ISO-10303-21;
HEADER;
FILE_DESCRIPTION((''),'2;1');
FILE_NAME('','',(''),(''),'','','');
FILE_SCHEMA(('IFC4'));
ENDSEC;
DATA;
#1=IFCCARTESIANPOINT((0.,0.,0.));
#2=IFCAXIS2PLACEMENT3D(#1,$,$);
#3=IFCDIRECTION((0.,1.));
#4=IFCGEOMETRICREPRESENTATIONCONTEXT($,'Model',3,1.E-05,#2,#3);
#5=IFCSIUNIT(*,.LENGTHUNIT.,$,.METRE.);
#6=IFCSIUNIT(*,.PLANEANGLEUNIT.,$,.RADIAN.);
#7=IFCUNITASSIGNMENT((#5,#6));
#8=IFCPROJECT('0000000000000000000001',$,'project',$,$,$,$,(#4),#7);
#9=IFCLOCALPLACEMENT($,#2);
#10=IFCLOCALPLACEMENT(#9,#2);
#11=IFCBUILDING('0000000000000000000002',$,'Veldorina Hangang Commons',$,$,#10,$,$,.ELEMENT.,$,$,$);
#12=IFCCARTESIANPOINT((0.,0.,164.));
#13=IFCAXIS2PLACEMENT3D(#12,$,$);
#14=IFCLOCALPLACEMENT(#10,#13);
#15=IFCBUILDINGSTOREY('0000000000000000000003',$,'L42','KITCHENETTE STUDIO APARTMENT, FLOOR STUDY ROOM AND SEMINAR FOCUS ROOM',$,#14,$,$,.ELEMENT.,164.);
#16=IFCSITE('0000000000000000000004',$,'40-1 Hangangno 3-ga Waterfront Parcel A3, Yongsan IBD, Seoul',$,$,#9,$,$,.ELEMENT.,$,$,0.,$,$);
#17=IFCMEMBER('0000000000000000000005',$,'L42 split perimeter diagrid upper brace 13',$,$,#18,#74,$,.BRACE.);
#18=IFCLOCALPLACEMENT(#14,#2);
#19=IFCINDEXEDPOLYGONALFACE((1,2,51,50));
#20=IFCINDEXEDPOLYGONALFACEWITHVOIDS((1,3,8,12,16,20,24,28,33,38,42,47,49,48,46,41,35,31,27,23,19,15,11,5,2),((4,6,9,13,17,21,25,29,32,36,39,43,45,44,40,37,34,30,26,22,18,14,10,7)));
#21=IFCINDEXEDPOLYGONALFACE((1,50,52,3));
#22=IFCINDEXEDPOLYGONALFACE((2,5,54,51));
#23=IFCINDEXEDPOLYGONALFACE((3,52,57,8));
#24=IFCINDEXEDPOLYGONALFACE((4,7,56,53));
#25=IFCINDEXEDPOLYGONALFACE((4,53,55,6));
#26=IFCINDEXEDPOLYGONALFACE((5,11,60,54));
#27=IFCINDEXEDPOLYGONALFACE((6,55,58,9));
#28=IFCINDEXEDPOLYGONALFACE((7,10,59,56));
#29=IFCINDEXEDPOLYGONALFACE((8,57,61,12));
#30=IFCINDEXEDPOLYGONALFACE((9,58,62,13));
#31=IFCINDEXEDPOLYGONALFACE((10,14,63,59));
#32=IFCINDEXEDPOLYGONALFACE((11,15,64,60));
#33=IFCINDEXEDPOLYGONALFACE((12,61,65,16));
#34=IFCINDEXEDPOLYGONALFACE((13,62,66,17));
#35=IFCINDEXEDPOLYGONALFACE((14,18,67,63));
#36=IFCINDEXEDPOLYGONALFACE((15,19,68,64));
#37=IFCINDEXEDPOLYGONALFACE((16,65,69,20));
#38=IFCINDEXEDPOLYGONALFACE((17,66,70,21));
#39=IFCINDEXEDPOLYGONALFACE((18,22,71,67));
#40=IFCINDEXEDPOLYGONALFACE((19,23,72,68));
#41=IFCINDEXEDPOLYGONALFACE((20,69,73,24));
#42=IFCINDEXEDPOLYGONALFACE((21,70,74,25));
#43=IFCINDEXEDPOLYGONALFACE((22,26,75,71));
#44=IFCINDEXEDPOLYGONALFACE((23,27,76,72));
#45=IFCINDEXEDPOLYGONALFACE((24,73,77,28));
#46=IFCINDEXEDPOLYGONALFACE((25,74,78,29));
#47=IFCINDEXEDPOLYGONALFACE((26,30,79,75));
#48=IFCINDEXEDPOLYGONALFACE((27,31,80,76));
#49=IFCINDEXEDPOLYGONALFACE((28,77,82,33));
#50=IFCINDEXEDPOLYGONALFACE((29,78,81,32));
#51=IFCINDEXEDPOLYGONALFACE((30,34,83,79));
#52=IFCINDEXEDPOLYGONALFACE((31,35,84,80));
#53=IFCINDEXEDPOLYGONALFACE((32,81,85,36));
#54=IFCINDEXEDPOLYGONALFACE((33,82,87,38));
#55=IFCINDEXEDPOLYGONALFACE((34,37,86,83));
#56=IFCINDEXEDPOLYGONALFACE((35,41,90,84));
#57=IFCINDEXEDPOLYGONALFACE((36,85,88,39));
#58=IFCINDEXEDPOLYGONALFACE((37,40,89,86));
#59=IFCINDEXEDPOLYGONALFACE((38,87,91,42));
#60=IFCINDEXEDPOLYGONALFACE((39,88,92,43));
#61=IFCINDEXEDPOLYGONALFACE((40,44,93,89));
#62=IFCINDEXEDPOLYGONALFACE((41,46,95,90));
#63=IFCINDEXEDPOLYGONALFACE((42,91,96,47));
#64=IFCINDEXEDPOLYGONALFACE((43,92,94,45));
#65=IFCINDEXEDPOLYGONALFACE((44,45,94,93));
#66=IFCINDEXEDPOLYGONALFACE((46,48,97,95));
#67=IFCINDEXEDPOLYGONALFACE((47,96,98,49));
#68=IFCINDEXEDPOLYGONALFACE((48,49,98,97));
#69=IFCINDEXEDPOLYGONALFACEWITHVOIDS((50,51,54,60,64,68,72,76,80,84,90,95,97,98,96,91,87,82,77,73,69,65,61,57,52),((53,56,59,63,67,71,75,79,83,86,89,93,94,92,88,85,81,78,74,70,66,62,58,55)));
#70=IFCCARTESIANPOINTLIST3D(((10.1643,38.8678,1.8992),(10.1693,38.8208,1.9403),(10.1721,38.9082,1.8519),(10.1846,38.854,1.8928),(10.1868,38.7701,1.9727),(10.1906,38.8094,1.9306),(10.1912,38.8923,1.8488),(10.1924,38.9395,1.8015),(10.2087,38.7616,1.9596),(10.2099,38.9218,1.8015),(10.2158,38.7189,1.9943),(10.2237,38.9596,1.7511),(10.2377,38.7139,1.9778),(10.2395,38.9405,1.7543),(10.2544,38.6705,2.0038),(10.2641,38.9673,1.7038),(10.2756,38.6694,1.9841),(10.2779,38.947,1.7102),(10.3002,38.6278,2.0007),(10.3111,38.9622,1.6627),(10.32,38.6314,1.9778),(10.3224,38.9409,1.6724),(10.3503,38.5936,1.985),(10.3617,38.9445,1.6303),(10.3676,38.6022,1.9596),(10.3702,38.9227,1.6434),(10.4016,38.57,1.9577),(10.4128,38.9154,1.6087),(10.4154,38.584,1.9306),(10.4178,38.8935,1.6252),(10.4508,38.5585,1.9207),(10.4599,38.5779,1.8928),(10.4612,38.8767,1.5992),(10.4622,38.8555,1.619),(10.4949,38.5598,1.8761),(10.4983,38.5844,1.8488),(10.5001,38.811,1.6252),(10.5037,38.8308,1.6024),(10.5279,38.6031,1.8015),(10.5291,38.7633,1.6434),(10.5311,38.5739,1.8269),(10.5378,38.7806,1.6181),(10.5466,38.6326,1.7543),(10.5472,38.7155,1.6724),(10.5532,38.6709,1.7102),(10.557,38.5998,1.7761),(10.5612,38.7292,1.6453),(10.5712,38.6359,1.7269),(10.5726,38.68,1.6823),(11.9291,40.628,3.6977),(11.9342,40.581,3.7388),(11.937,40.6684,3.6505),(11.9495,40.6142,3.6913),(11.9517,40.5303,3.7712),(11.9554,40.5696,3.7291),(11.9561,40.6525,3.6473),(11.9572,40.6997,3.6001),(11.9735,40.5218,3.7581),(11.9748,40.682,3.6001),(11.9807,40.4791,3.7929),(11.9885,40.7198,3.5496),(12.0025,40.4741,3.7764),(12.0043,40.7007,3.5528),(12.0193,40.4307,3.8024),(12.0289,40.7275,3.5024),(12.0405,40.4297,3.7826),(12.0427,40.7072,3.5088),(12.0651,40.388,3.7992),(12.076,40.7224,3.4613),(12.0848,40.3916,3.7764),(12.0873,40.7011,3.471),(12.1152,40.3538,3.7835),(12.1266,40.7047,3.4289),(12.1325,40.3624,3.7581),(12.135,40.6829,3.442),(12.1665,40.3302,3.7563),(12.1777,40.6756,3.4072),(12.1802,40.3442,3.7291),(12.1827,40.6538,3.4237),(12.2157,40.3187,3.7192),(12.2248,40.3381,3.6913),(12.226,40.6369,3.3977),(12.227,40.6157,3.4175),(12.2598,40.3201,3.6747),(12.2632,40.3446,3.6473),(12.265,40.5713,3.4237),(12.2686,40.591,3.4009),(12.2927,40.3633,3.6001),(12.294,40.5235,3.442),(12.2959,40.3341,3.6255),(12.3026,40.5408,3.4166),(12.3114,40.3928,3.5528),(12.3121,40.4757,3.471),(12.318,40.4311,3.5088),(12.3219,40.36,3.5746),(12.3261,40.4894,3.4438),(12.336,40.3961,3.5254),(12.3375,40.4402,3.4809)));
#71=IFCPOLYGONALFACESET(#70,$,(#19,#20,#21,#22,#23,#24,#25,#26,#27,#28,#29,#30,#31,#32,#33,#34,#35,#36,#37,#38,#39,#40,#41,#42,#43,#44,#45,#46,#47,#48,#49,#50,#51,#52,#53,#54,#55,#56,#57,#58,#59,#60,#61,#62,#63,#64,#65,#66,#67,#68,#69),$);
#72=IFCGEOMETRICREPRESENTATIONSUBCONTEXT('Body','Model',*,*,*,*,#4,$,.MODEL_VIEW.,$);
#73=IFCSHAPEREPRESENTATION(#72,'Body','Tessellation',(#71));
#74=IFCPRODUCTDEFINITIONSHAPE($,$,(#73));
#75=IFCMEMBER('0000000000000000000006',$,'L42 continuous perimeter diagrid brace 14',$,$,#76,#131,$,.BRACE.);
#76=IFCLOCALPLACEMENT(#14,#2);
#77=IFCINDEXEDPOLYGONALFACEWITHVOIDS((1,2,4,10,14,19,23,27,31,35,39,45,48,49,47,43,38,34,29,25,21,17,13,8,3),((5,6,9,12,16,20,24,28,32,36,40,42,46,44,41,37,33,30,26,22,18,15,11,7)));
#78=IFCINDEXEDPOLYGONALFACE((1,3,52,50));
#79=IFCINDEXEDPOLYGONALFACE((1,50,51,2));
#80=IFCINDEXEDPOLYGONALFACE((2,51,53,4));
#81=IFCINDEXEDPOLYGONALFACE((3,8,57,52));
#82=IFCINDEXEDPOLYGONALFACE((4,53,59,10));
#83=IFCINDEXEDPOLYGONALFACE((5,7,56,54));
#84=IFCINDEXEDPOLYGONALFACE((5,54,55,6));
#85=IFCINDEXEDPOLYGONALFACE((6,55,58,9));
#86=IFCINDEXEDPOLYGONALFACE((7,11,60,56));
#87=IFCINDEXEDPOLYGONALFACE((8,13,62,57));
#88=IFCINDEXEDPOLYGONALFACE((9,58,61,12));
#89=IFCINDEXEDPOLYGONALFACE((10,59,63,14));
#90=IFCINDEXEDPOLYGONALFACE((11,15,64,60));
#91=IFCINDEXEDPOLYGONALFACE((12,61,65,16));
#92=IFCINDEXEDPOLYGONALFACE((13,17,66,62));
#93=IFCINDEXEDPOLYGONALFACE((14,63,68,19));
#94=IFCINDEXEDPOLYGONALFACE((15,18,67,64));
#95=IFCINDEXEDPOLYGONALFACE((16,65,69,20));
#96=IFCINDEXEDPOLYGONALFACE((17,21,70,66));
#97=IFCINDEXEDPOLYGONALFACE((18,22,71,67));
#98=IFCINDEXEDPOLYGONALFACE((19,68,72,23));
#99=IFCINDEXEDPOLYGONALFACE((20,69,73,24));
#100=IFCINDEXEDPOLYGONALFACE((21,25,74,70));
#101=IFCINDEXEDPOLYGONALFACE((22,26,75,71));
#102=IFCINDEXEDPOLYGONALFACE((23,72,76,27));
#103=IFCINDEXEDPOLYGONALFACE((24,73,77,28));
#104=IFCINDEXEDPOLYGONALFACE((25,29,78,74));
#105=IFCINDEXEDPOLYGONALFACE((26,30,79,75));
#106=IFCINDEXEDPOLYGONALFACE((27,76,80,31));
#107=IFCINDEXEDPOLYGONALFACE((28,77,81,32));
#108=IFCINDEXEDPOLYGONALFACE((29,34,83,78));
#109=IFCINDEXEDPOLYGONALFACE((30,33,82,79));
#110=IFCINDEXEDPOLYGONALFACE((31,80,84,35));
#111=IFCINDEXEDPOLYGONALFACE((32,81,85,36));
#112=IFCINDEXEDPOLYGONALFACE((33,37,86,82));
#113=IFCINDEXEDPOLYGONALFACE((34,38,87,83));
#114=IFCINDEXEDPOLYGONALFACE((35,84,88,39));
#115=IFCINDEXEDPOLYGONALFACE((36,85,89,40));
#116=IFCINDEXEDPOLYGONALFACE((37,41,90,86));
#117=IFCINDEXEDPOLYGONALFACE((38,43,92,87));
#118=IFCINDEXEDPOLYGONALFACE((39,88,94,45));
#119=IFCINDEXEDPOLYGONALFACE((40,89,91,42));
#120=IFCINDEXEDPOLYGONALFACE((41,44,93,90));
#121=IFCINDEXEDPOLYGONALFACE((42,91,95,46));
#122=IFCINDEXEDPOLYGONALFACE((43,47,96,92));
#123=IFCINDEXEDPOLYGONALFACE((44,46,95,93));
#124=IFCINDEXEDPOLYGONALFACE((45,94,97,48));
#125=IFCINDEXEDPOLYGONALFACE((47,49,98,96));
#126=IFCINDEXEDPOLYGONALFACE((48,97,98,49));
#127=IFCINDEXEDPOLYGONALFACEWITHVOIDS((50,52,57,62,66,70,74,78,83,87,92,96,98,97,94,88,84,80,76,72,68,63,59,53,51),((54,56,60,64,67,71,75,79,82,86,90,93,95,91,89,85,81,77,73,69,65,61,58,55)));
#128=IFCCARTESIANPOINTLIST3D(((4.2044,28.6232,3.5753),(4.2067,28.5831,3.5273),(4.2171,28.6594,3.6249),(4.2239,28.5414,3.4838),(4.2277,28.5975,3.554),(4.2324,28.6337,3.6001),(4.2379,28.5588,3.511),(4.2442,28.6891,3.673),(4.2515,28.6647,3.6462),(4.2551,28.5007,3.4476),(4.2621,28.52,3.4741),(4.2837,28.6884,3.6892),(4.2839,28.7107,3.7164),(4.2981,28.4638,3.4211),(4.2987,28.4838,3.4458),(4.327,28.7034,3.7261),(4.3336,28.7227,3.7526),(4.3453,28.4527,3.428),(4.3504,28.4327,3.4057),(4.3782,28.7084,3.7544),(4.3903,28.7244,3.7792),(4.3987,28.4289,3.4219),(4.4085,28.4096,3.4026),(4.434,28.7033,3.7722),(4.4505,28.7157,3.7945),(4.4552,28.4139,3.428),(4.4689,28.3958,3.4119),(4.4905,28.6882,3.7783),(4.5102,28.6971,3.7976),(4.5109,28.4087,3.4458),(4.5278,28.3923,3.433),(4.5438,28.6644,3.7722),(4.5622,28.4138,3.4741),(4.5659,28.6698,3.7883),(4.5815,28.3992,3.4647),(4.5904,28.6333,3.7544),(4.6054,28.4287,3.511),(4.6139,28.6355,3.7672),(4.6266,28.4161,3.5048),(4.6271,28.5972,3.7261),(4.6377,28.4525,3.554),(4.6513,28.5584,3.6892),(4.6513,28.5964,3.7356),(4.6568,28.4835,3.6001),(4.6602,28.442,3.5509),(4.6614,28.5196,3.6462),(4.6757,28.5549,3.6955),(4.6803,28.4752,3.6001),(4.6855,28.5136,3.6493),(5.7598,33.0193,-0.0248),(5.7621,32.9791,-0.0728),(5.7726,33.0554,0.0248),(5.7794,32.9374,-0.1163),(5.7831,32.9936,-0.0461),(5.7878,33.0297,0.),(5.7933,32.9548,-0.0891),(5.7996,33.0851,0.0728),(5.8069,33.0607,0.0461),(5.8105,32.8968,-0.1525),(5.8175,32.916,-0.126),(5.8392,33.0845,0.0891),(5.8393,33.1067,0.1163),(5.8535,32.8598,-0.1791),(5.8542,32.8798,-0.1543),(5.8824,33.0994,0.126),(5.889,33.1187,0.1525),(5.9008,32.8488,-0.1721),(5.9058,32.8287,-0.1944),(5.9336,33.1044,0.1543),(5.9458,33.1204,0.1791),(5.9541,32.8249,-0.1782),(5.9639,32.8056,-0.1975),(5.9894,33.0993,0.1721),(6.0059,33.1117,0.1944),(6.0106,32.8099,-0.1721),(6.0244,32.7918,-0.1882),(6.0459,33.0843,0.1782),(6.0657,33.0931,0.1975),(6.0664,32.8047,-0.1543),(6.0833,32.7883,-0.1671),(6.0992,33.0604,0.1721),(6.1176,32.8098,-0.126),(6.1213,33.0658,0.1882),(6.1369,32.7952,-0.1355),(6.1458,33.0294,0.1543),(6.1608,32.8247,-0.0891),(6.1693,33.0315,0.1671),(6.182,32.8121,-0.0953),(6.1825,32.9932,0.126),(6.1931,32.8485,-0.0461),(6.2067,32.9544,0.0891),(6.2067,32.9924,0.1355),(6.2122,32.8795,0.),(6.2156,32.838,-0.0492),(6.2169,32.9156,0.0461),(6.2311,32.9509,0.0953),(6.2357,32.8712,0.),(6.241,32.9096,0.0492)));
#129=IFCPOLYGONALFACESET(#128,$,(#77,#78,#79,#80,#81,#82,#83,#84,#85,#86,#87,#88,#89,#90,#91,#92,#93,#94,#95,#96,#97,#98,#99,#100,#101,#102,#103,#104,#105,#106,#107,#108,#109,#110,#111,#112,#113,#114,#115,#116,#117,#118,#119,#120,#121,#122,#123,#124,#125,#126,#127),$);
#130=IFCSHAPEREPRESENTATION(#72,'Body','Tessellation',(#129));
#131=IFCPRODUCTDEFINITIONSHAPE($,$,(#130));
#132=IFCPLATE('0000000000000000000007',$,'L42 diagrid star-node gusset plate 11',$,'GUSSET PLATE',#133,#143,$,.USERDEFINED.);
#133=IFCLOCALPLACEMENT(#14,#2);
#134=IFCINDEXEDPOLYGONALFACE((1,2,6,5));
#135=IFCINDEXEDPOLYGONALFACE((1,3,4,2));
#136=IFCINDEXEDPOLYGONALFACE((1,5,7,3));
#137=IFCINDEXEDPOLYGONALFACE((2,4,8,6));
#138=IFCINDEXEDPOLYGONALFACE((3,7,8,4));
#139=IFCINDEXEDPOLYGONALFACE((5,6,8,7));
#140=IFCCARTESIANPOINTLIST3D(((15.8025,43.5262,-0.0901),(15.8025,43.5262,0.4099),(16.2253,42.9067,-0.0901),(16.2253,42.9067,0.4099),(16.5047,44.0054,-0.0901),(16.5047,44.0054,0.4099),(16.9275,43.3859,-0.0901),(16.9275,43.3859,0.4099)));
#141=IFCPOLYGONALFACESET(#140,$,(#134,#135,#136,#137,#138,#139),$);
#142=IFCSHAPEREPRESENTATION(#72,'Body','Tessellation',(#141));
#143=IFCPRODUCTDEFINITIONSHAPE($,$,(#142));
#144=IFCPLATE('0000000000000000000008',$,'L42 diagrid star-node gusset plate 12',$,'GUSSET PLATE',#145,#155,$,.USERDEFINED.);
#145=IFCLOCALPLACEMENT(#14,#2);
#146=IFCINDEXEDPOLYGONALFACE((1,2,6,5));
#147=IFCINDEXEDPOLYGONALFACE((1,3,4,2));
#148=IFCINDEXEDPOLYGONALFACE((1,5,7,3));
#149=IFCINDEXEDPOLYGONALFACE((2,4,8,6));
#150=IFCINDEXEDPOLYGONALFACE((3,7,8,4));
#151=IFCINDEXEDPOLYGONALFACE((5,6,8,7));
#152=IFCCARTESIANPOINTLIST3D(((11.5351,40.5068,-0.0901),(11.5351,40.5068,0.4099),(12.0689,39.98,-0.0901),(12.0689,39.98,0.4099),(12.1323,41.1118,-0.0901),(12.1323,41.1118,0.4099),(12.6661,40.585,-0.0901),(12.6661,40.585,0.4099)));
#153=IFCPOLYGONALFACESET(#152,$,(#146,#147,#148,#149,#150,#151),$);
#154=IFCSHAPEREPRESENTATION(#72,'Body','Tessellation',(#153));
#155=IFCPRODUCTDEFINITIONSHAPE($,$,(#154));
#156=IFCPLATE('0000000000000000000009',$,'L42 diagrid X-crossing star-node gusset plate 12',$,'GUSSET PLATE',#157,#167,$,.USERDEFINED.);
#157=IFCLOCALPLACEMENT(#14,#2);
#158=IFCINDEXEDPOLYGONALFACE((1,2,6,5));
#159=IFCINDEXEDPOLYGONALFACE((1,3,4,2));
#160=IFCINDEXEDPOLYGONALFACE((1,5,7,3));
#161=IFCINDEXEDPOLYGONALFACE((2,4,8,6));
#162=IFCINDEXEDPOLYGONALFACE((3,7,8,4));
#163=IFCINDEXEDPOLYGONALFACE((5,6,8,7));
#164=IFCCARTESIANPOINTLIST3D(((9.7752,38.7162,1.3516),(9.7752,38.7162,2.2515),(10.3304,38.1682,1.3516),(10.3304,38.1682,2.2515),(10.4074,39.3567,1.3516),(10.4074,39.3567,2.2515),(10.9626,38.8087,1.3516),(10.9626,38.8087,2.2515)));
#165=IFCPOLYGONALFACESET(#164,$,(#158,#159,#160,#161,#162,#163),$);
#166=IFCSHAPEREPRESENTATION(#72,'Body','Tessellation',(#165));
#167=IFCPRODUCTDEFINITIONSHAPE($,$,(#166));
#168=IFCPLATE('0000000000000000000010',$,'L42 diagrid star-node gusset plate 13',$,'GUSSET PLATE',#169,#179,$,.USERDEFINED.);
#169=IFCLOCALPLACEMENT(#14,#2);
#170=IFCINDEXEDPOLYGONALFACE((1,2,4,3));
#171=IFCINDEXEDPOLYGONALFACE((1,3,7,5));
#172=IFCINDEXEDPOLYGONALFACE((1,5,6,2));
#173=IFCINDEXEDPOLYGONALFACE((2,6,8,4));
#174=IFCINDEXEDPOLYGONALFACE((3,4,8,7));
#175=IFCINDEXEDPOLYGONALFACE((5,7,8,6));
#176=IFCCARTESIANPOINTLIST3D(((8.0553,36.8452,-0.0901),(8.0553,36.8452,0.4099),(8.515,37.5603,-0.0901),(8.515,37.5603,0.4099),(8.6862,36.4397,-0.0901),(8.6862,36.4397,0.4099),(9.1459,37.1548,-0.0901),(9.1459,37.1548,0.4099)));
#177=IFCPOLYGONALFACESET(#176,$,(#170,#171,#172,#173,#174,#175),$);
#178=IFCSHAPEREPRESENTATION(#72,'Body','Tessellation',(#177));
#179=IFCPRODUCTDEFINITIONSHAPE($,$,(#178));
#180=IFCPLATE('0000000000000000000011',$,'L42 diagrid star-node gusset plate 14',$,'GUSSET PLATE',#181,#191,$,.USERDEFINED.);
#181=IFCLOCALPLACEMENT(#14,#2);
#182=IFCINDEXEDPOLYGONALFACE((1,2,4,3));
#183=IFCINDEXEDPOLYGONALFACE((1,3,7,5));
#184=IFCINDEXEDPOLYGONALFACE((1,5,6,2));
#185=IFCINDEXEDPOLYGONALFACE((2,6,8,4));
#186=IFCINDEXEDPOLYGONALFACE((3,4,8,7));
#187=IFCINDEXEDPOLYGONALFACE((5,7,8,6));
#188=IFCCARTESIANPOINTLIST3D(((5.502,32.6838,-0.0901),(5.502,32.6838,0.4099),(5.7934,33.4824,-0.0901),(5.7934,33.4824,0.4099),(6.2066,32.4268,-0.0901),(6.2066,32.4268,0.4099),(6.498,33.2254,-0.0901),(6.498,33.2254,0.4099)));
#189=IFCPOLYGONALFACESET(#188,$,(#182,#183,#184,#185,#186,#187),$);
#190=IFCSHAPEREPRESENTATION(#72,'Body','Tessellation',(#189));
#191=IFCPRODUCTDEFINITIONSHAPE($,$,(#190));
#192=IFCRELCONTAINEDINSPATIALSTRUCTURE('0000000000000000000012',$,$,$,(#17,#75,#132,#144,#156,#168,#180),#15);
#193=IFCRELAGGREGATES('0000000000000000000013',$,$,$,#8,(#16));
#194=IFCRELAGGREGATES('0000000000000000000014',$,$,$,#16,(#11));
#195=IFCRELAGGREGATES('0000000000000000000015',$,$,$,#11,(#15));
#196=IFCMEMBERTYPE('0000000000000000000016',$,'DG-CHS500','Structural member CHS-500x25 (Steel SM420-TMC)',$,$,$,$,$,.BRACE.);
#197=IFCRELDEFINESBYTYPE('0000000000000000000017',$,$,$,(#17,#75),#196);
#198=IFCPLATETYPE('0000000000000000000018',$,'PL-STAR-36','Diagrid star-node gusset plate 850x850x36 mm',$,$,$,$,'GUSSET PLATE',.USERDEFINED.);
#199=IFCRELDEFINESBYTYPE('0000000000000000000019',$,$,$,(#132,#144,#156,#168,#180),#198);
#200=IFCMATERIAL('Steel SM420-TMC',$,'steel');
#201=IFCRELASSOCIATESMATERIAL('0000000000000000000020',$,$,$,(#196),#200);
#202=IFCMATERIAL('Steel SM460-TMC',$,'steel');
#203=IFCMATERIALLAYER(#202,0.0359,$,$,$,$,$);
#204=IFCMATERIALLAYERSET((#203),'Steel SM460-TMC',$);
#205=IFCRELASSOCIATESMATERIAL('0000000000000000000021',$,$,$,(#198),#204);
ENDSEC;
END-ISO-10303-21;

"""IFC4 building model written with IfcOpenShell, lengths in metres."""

from ifc_helpers import new_model, si_unit, direction, frame, origin, origin_2d, place, context, subcontext, project, spatial, rectangle, hollow_circle, extrude, material, layer, layer_set, material_profile, profile_set, type_object, element, save


model = new_model("IFC4")

# Units and contexts
model_context = context("Model", 3, precision=1e-05, world=origin(), true_north=direction((0.0, 1.0)))
body_context = subcontext(model_context, "Body", "Model", "MODEL_VIEW")
ifc_project = project(units=[si_unit("LENGTHUNIT", "METRE"), si_unit("PLANEANGLEUNIT", "RADIAN")], contexts=[model_context])

# Site, building, storey
site_placement = place(None, origin())
site = spatial("IfcSite", under=ifc_project, at=site_placement, Name="40-1 Hangangno 3-ga Waterfront Parcel A3, Yongsan IBD, Seoul", CompositionType="ELEMENT", RefElevation=0.0)
building_placement = place(site_placement, origin())
building = spatial("IfcBuilding", under=site, at=building_placement, Name="Veldorina Hangang Commons", CompositionType="ELEMENT")
storey_placement = place(building_placement, frame((0.0, 0.0, 164.0)))
storey = spatial("IfcBuildingStorey", under=building, at=storey_placement, Name="L42", Description="KITCHENETTE STUDIO APARTMENT, FLOOR STUDY ROOM AND SEMINAR FOCUS ROOM", CompositionType="ELEMENT", Elevation=164.0)

# Shared definitions
ifc_material_1 = material(Name="Steel SM420-TMC", Category="steel")

# Members
ifc_material_profile_1 = material_profile(ifc_material_1, hollow_circle(Radius=0.25, WallThickness=0.0249, at=origin_2d()), Name="CHS-500x25")
ifc_profile_set_1 = profile_set([ifc_material_profile_1], Name="Steel SM420-TMC")
member_type = type_object("IfcMemberType", Name="DG-CHS500", Description="Structural member CHS-500x25 (Steel SM420-TMC)", PredefinedType="BRACE", material=ifc_profile_set_1)
member_1_placement = place(storey_placement, frame((10.3689, 38.7625, 1.8015), z_axis=(0.574173, 0.572664, 0.585134), x_axis=(-0.706176, 0.708037, 0.0)))
element("IfcMember", 1, at=member_1_placement, inside=storey, type_object=member_type, Name="L42 split perimeter diagrid upper brace 13", PredefinedType="BRACE", context=body_context, shape_type="SweptSolid", body=[
    extrude(hollow_circle(Radius=0.25, WallThickness=0.0249, at=origin_2d()), origin(), (0.0, 0.0, 1.0), 3.0737),
])
member_2_placement = place(storey_placement, frame((6.0, 32.9546, 0.0), z_axis=(-0.26403, -0.746212, 0.61111), x_axis=(0.942728, -0.333562, 0.0)))
element("IfcMember", 2, at=member_2_placement, inside=storey, type_object=member_type, Name="L42 continuous perimeter diagrid brace 14", PredefinedType="BRACE", context=body_context, shape_type="SweptSolid", body=[
    extrude(hollow_circle(Radius=0.25, WallThickness=0.0249, at=origin_2d()), origin(), (0.0, 0.0, 1.0), 5.8911),
])

# Plates
ifc_material_2 = material(Name="Steel SM460-TMC", Category="steel")
ifc_layer_1 = layer(ifc_material_2, 0.0359)
ifc_layer_set_1 = layer_set([ifc_layer_1], Name="Steel SM460-TMC")
plate_type = type_object("IfcPlateType", Name="PL-STAR-36", Description="Diagrid star-node gusset plate 850x850x36 mm", ElementType="GUSSET PLATE", PredefinedType="USERDEFINED", material=ifc_layer_set_1)
for number, where, z_axis, x_axis, name in (
    (3, (16.365, 43.4561, -0.0901), (0.0, 0.0, 1.0), (-0.826, -0.56367, 0.0), "L42 diagrid star-node gusset plate 11"),
    (4, (12.1006, 40.5459, -0.0901), (0.0, 0.0, 1.0), (-0.702489, -0.711695, 0.0), "L42 diagrid star-node gusset plate 12"),
):
    element("IfcPlate", number, at=place(storey_placement, frame(where, z_axis=z_axis, x_axis=x_axis)), inside=storey, type_object=plate_type, Name=name, ObjectType="GUSSET PLATE", PredefinedType="USERDEFINED", context=body_context, shape_type="SweptSolid", body=[
        extrude(rectangle(XDim=0.8501, YDim=0.75, at=origin_2d()), origin(), (0.0, 0.0, 1.0), 0.5),
    ])
plate_placement = place(storey_placement, frame((10.3689, 38.7625, 1.3516), z_axis=(0.0, 0.0, 1.0), x_axis=(-0.702489, -0.711695, 0.0)))
element("IfcPlate", 5, at=plate_placement, inside=storey, type_object=plate_type, Name="L42 diagrid X-crossing star-node gusset plate 12", ObjectType="GUSSET PLATE", PredefinedType="USERDEFINED", context=body_context, shape_type="SweptSolid", body=[
    extrude(rectangle(XDim=0.8999, YDim=0.78, at=origin_2d()), origin(), (0.0, 0.0, 1.0), 0.8999),
])
for number, where, z_axis, x_axis, name in (
    (6, (8.6006, 37.0, -0.0901), (0.0, 0.0, 1.0), (-0.54074, -0.84119, 0.0), "L42 diagrid star-node gusset plate 13"),
    (7, (6.0, 32.9546, -0.0901), (0.0, 0.0, 1.0), (-0.342742, -0.93943, 0.0), "L42 diagrid star-node gusset plate 14"),
):
    element("IfcPlate", number, at=place(storey_placement, frame(where, z_axis=z_axis, x_axis=x_axis)), inside=storey, type_object=plate_type, Name=name, ObjectType="GUSSET PLATE", PredefinedType="USERDEFINED", context=body_context, shape_type="SweptSolid", body=[
        extrude(rectangle(XDim=0.8501, YDim=0.75, at=origin_2d()), origin(), (0.0, 0.0, 1.0), 0.5),
    ])

save(model, "model.ifc")
